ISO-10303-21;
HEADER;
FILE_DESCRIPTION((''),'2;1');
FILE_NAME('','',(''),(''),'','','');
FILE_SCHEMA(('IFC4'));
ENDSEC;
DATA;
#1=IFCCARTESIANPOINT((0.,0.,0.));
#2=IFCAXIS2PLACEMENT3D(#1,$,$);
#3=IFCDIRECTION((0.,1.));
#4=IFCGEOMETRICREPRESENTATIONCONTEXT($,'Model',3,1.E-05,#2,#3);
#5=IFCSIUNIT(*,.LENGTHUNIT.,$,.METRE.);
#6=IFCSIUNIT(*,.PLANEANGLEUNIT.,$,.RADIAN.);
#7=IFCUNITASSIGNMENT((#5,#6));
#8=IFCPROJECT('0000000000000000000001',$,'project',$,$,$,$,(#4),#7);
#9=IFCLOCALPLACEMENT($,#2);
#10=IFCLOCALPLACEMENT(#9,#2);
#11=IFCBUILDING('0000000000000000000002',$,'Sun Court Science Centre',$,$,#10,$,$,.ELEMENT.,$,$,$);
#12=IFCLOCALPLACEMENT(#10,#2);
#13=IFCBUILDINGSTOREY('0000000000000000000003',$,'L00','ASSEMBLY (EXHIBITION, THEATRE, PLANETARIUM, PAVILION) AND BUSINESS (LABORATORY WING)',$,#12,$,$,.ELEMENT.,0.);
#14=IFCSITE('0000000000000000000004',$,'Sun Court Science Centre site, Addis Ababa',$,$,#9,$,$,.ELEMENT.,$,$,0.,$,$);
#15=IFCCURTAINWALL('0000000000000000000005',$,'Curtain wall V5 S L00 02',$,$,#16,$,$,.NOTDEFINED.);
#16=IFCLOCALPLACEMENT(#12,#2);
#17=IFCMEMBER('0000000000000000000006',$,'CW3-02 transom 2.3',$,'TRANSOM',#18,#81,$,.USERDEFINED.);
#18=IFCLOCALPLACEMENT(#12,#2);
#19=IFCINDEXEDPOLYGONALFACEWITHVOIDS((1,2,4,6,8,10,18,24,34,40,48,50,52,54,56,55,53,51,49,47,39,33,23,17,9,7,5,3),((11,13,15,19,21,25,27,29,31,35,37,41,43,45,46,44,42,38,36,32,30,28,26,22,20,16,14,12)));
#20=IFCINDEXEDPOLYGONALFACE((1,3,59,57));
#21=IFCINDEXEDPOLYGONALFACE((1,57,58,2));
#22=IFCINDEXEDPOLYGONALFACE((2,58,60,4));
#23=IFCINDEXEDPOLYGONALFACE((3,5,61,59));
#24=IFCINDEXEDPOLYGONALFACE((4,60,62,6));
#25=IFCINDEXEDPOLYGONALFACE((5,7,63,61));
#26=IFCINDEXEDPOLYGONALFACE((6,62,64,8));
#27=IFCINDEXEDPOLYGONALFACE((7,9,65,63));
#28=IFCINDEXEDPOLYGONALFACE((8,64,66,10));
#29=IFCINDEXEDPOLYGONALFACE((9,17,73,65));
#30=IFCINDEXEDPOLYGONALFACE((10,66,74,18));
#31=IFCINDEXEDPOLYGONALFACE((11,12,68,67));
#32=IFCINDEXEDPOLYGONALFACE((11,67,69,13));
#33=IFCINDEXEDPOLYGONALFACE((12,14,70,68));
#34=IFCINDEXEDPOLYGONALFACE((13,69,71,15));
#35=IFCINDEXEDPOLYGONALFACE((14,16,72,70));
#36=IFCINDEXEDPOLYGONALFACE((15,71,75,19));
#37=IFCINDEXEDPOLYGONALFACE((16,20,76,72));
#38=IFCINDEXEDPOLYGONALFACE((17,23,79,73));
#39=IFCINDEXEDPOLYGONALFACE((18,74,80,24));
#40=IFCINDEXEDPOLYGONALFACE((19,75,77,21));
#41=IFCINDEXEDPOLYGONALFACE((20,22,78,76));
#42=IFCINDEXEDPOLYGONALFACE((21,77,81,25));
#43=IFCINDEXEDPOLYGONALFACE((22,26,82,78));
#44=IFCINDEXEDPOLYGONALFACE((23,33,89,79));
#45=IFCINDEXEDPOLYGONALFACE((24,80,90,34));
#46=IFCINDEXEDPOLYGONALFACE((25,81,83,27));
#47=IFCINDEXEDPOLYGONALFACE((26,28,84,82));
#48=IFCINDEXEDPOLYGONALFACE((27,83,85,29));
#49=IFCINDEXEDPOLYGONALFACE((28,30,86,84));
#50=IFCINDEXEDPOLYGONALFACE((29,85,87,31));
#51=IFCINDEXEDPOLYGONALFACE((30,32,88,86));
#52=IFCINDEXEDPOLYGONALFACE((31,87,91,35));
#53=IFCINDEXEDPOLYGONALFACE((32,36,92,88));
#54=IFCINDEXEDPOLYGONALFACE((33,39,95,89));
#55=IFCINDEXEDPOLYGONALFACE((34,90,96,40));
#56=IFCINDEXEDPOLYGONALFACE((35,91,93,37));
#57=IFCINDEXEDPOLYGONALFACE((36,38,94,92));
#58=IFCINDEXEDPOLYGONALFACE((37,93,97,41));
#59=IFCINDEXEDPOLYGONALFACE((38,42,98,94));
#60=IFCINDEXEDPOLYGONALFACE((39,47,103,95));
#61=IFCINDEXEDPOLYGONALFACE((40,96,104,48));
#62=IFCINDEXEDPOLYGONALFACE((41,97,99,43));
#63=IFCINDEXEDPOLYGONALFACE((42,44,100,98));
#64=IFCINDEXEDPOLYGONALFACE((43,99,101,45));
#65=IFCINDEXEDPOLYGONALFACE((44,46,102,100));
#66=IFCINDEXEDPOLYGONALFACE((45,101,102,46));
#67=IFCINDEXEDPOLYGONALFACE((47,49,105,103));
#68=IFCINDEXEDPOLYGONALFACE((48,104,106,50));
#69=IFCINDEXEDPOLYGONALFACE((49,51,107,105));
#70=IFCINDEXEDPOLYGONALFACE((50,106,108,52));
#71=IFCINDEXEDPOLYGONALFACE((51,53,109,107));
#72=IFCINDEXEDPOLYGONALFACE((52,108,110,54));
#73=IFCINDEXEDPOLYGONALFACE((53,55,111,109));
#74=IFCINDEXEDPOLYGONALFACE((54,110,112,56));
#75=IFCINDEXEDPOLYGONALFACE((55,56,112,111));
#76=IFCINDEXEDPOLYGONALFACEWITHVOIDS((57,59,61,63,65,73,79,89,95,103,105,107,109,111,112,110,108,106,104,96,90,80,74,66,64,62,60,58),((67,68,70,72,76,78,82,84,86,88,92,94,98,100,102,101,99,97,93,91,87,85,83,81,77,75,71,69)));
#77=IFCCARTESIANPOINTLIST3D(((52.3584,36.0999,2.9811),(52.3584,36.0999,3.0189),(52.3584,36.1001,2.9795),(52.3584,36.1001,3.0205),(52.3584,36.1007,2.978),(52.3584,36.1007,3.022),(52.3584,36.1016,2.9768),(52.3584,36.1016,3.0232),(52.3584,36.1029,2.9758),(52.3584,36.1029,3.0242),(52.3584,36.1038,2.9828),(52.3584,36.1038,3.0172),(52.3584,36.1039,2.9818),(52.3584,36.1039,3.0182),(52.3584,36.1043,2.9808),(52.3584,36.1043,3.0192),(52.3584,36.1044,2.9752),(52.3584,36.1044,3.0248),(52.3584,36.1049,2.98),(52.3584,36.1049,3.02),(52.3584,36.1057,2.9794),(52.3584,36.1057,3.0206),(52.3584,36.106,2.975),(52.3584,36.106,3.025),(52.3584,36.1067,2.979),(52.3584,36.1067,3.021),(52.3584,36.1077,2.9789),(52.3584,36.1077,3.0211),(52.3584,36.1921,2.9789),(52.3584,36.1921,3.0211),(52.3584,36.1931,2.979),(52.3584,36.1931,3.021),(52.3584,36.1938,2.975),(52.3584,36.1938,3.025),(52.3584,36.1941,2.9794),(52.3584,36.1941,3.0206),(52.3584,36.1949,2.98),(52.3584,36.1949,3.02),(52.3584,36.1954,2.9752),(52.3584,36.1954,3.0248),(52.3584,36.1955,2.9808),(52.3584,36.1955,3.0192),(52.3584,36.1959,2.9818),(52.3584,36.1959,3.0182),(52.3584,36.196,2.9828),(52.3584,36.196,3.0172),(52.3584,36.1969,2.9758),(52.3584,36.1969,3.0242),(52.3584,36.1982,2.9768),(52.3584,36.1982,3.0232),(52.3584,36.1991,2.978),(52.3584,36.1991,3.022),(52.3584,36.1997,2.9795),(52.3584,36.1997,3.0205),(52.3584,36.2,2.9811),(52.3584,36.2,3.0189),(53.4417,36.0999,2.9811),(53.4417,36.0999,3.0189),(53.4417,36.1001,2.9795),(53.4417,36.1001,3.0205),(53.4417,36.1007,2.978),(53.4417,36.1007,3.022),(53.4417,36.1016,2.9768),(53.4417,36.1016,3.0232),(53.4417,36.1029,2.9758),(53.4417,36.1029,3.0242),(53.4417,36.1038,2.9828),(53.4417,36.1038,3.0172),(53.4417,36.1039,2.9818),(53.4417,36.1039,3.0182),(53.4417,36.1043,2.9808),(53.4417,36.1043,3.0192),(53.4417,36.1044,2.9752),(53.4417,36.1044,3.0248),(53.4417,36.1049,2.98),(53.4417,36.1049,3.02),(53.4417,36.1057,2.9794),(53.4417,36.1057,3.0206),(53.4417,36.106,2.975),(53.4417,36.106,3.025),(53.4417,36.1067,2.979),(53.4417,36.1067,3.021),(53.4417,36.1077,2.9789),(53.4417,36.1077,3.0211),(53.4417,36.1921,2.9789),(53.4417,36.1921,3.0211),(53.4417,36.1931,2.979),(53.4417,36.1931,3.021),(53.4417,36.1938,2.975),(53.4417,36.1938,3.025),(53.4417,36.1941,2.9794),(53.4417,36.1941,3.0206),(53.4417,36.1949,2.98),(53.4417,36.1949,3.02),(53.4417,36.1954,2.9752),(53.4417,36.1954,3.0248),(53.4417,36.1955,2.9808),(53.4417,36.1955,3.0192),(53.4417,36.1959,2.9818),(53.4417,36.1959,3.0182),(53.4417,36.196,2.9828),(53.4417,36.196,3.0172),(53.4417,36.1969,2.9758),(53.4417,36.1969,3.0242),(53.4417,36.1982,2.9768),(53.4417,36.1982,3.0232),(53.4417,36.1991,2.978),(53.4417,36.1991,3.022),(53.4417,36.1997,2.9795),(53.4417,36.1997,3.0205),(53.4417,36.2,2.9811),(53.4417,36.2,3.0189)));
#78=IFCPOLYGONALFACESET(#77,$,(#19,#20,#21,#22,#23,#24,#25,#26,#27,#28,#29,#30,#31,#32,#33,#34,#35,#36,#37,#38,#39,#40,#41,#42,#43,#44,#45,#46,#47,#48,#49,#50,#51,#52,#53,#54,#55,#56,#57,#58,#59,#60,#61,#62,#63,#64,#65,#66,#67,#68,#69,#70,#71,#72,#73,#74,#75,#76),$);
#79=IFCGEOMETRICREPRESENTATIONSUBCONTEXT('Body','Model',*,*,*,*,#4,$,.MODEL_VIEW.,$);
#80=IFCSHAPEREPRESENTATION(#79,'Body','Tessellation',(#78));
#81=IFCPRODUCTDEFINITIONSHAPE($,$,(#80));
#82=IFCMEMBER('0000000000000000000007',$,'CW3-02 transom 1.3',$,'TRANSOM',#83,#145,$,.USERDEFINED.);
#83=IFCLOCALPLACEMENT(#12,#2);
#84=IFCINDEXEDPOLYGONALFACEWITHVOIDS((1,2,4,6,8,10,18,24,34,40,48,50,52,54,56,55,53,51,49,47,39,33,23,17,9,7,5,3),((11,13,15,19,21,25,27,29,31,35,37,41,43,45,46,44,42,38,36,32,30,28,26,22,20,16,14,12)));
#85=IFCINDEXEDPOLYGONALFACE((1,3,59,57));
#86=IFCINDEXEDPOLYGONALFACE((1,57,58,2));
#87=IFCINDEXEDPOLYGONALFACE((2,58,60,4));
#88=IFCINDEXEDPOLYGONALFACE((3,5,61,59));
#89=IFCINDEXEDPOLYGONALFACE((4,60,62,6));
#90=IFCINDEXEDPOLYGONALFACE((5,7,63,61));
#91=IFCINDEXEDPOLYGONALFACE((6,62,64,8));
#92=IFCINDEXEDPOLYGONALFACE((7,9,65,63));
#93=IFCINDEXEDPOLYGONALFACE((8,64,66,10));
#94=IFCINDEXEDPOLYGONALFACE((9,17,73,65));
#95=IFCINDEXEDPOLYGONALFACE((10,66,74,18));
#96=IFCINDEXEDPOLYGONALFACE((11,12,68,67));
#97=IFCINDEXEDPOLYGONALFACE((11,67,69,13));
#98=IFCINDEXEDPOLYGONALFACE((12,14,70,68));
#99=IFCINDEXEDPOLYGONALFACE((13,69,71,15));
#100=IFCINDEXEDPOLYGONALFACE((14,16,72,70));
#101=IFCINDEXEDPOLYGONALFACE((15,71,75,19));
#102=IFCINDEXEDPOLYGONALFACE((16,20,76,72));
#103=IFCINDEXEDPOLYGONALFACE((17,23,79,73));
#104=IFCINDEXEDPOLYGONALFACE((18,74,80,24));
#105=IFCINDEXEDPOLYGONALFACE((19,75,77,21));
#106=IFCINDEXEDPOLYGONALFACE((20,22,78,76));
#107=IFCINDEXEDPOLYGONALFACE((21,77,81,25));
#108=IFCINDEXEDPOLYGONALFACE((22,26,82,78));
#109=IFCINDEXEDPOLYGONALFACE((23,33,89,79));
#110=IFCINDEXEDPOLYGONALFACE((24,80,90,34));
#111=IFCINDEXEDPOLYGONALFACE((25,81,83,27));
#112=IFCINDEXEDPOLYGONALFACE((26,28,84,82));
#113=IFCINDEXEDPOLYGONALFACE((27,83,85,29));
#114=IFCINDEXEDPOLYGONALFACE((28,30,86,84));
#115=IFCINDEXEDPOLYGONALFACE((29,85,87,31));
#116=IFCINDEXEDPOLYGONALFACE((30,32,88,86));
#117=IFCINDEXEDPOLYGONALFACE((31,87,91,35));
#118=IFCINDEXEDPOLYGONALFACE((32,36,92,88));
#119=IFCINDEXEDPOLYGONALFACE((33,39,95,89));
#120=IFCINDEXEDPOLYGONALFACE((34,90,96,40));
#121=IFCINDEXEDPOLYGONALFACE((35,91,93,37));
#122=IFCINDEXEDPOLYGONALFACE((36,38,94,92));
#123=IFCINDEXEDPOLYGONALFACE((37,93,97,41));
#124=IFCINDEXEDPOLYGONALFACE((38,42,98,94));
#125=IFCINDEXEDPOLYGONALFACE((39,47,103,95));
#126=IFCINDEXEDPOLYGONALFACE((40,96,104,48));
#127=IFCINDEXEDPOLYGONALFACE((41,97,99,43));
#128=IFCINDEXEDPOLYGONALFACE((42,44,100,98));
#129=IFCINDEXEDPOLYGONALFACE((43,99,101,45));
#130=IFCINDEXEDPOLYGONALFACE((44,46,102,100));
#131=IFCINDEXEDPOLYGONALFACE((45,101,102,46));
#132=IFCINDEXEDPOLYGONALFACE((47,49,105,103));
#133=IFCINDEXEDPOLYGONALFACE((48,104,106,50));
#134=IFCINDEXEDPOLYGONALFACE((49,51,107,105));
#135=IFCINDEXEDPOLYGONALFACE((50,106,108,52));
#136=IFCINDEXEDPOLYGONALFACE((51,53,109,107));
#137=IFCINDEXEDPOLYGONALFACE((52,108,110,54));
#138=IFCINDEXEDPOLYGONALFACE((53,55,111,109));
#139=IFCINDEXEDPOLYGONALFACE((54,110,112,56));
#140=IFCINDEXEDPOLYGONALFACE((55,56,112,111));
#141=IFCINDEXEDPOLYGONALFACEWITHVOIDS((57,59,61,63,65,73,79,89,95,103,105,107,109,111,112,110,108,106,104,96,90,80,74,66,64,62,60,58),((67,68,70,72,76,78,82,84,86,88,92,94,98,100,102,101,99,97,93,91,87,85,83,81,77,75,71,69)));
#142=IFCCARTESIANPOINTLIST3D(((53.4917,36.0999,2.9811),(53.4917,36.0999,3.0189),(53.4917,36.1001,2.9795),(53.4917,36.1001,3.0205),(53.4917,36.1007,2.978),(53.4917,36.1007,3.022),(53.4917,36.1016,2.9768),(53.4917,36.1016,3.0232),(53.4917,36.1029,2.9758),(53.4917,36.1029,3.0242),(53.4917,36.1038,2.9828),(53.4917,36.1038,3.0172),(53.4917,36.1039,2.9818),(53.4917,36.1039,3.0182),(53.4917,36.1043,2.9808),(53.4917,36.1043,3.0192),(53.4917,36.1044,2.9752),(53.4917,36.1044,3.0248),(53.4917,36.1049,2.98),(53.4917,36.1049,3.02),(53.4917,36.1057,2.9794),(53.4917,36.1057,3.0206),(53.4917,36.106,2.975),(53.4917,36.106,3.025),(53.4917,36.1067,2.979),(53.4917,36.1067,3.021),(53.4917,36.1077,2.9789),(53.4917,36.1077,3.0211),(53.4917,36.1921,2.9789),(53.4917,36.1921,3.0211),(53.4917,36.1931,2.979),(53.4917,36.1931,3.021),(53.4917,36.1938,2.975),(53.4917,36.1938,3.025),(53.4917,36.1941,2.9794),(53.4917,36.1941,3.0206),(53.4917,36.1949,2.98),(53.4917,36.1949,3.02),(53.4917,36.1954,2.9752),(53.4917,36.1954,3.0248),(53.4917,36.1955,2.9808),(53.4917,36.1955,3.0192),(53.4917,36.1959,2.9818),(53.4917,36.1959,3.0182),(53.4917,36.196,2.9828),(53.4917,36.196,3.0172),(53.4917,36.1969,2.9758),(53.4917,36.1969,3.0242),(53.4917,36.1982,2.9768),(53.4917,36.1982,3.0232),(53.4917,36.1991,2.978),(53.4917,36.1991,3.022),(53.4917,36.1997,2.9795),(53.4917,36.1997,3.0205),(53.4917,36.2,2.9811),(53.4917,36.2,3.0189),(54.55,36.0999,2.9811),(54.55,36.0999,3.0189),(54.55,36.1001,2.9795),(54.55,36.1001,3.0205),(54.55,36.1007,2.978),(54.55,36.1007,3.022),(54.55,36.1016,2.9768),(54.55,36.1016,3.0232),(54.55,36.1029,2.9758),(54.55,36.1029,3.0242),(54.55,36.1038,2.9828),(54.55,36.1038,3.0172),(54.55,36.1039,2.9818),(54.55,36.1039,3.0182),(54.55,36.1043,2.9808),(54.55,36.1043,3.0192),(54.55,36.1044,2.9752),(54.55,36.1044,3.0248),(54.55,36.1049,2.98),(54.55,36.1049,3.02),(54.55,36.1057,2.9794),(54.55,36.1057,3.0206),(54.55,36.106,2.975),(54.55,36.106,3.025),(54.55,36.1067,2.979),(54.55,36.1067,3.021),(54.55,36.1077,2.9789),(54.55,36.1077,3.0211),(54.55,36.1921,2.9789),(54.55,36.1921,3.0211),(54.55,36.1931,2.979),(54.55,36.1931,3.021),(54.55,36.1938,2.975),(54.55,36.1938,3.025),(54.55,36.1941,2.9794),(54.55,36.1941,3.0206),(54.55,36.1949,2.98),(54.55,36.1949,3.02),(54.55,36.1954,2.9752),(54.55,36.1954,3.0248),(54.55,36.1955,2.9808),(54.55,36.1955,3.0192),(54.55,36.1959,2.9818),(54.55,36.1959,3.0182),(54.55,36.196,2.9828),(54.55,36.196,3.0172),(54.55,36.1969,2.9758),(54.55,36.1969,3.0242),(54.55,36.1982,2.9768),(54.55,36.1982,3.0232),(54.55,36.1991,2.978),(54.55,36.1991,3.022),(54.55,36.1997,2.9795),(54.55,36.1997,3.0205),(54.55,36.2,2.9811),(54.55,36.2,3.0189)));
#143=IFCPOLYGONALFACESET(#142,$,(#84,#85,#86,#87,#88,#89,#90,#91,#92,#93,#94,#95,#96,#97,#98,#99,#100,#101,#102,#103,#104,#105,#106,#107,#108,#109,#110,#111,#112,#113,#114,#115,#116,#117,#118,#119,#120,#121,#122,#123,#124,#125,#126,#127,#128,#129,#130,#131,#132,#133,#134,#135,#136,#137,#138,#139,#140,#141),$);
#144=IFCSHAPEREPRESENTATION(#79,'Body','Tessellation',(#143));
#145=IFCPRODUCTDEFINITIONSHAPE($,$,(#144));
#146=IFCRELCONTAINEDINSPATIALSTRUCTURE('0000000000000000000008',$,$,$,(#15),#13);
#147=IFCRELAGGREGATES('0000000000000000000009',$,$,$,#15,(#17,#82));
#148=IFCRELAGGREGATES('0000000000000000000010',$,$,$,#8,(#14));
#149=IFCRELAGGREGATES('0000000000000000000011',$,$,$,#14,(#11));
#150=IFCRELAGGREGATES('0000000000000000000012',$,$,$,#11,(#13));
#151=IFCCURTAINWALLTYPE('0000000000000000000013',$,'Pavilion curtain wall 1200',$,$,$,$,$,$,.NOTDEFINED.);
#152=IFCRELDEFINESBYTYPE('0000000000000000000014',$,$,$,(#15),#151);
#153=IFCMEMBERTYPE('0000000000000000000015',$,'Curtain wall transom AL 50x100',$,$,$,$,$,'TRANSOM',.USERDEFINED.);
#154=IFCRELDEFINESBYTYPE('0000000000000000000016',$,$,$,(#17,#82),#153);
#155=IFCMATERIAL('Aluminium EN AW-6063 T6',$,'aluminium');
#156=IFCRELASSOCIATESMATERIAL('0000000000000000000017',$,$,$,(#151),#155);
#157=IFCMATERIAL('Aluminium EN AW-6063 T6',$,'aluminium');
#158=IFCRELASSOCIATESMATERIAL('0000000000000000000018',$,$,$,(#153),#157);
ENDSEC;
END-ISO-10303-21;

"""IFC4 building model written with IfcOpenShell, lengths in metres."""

from ifc_helpers import new_model, si_unit, direction, frame, origin, origin_2d, place, context, subcontext, project, spatial, hollow_rectangle, extrude, material, material_profile, profile_set, type_object, element, aggregate, save


model = new_model("IFC4")

# Units and contexts
model_context = context("Model", 3, precision=1e-05, world=origin(), true_north=direction((0.0, 1.0)))
body_context = subcontext(model_context, "Body", "Model", "MODEL_VIEW")
ifc_project = project(units=[si_unit("LENGTHUNIT", "METRE"), si_unit("PLANEANGLEUNIT", "RADIAN")], contexts=[model_context])

# Site, building, storey
site_placement = place(None, origin())
site = spatial("IfcSite", under=ifc_project, at=site_placement, Name="Sun Court Science Centre site, Addis Ababa", CompositionType="ELEMENT", RefElevation=0.0)
building_placement = place(site_placement, origin())
building = spatial("IfcBuilding", under=site, at=building_placement, Name="Sun Court Science Centre", CompositionType="ELEMENT")
storey_placement = place(building_placement, origin())
storey = spatial("IfcBuildingStorey", under=building, at=storey_placement, Name="L00", Description="ASSEMBLY (EXHIBITION, THEATRE, PLANETARIUM, PAVILION) AND BUSINESS (LABORATORY WING)", CompositionType="ELEMENT", Elevation=0.0)

# Shared definitions
ifc_material_1 = material(Name="Aluminium EN AW-6063 T6", Category="aluminium")
curtain_wall_type = type_object("IfcCurtainWallType", Name="Pavilion curtain wall 1200", PredefinedType="NOTDEFINED", material=ifc_material_1)

# Curtain wall, members
curtain_wall_1_placement = place(storey_placement, origin())
curtain_wall_1 = element("IfcCurtainWall", 1, at=curtain_wall_1_placement, inside=storey, type_object=curtain_wall_type, Name="Curtain wall V5 S L00 02", PredefinedType="NOTDEFINED")
ifc_material_2 = material(Name="Aluminium EN AW-6063 T6", Category="aluminium")
ifc_material_profile_1 = material_profile(ifc_material_2, hollow_rectangle(XDim=0.05, YDim=0.1001, WallThickness=0.0039, InnerFilletRadius=0.0039, OuterFilletRadius=0.0061, at=origin_2d()), Name="AL 50x100x4")
ifc_profile_set_1 = profile_set([ifc_material_profile_1], Name="Aluminium EN AW-6063 T6")
member_type_1 = type_object("IfcMemberType", Name="Curtain wall transom AL 50x100", ElementType="TRANSOM", PredefinedType="USERDEFINED", material=ifc_profile_set_1)
member_1_placement = place(storey_placement, frame((53.4417, 36.1499, 3.0), z_axis=(-1.0, 0.0, 0.0), x_axis=(0.0, 0.0, 1.0)))
member_1 = element("IfcMember", 2, at=member_1_placement, type_object=member_type_1, Name="CW3-02 transom 2.3", ObjectType="TRANSOM", PredefinedType="USERDEFINED", context=body_context, shape_type="SweptSolid", body=[
    extrude(hollow_rectangle(XDim=0.05, YDim=0.1001, WallThickness=0.0039, InnerFilletRadius=0.0039, OuterFilletRadius=0.0061, at=origin_2d()), origin(), (0.0, 0.0, 1.0), 1.0833),
])
member_2_placement = place(storey_placement, frame((54.55, 36.1499, 3.0), z_axis=(-1.0, 0.0, 0.0), x_axis=(0.0, 0.0, 1.0)))
member_2 = element("IfcMember", 3, at=member_2_placement, type_object=member_type_1, Name="CW3-02 transom 1.3", ObjectType="TRANSOM", PredefinedType="USERDEFINED", context=body_context, shape_type="SweptSolid", body=[
    extrude(hollow_rectangle(XDim=0.05, YDim=0.1001, WallThickness=0.0039, InnerFilletRadius=0.0039, OuterFilletRadius=0.0061, at=origin_2d()), origin(), (0.0, 0.0, 1.0), 1.0583),
])

aggregate(curtain_wall_1, [member_1, member_2])

save(model, "model.ifc")
